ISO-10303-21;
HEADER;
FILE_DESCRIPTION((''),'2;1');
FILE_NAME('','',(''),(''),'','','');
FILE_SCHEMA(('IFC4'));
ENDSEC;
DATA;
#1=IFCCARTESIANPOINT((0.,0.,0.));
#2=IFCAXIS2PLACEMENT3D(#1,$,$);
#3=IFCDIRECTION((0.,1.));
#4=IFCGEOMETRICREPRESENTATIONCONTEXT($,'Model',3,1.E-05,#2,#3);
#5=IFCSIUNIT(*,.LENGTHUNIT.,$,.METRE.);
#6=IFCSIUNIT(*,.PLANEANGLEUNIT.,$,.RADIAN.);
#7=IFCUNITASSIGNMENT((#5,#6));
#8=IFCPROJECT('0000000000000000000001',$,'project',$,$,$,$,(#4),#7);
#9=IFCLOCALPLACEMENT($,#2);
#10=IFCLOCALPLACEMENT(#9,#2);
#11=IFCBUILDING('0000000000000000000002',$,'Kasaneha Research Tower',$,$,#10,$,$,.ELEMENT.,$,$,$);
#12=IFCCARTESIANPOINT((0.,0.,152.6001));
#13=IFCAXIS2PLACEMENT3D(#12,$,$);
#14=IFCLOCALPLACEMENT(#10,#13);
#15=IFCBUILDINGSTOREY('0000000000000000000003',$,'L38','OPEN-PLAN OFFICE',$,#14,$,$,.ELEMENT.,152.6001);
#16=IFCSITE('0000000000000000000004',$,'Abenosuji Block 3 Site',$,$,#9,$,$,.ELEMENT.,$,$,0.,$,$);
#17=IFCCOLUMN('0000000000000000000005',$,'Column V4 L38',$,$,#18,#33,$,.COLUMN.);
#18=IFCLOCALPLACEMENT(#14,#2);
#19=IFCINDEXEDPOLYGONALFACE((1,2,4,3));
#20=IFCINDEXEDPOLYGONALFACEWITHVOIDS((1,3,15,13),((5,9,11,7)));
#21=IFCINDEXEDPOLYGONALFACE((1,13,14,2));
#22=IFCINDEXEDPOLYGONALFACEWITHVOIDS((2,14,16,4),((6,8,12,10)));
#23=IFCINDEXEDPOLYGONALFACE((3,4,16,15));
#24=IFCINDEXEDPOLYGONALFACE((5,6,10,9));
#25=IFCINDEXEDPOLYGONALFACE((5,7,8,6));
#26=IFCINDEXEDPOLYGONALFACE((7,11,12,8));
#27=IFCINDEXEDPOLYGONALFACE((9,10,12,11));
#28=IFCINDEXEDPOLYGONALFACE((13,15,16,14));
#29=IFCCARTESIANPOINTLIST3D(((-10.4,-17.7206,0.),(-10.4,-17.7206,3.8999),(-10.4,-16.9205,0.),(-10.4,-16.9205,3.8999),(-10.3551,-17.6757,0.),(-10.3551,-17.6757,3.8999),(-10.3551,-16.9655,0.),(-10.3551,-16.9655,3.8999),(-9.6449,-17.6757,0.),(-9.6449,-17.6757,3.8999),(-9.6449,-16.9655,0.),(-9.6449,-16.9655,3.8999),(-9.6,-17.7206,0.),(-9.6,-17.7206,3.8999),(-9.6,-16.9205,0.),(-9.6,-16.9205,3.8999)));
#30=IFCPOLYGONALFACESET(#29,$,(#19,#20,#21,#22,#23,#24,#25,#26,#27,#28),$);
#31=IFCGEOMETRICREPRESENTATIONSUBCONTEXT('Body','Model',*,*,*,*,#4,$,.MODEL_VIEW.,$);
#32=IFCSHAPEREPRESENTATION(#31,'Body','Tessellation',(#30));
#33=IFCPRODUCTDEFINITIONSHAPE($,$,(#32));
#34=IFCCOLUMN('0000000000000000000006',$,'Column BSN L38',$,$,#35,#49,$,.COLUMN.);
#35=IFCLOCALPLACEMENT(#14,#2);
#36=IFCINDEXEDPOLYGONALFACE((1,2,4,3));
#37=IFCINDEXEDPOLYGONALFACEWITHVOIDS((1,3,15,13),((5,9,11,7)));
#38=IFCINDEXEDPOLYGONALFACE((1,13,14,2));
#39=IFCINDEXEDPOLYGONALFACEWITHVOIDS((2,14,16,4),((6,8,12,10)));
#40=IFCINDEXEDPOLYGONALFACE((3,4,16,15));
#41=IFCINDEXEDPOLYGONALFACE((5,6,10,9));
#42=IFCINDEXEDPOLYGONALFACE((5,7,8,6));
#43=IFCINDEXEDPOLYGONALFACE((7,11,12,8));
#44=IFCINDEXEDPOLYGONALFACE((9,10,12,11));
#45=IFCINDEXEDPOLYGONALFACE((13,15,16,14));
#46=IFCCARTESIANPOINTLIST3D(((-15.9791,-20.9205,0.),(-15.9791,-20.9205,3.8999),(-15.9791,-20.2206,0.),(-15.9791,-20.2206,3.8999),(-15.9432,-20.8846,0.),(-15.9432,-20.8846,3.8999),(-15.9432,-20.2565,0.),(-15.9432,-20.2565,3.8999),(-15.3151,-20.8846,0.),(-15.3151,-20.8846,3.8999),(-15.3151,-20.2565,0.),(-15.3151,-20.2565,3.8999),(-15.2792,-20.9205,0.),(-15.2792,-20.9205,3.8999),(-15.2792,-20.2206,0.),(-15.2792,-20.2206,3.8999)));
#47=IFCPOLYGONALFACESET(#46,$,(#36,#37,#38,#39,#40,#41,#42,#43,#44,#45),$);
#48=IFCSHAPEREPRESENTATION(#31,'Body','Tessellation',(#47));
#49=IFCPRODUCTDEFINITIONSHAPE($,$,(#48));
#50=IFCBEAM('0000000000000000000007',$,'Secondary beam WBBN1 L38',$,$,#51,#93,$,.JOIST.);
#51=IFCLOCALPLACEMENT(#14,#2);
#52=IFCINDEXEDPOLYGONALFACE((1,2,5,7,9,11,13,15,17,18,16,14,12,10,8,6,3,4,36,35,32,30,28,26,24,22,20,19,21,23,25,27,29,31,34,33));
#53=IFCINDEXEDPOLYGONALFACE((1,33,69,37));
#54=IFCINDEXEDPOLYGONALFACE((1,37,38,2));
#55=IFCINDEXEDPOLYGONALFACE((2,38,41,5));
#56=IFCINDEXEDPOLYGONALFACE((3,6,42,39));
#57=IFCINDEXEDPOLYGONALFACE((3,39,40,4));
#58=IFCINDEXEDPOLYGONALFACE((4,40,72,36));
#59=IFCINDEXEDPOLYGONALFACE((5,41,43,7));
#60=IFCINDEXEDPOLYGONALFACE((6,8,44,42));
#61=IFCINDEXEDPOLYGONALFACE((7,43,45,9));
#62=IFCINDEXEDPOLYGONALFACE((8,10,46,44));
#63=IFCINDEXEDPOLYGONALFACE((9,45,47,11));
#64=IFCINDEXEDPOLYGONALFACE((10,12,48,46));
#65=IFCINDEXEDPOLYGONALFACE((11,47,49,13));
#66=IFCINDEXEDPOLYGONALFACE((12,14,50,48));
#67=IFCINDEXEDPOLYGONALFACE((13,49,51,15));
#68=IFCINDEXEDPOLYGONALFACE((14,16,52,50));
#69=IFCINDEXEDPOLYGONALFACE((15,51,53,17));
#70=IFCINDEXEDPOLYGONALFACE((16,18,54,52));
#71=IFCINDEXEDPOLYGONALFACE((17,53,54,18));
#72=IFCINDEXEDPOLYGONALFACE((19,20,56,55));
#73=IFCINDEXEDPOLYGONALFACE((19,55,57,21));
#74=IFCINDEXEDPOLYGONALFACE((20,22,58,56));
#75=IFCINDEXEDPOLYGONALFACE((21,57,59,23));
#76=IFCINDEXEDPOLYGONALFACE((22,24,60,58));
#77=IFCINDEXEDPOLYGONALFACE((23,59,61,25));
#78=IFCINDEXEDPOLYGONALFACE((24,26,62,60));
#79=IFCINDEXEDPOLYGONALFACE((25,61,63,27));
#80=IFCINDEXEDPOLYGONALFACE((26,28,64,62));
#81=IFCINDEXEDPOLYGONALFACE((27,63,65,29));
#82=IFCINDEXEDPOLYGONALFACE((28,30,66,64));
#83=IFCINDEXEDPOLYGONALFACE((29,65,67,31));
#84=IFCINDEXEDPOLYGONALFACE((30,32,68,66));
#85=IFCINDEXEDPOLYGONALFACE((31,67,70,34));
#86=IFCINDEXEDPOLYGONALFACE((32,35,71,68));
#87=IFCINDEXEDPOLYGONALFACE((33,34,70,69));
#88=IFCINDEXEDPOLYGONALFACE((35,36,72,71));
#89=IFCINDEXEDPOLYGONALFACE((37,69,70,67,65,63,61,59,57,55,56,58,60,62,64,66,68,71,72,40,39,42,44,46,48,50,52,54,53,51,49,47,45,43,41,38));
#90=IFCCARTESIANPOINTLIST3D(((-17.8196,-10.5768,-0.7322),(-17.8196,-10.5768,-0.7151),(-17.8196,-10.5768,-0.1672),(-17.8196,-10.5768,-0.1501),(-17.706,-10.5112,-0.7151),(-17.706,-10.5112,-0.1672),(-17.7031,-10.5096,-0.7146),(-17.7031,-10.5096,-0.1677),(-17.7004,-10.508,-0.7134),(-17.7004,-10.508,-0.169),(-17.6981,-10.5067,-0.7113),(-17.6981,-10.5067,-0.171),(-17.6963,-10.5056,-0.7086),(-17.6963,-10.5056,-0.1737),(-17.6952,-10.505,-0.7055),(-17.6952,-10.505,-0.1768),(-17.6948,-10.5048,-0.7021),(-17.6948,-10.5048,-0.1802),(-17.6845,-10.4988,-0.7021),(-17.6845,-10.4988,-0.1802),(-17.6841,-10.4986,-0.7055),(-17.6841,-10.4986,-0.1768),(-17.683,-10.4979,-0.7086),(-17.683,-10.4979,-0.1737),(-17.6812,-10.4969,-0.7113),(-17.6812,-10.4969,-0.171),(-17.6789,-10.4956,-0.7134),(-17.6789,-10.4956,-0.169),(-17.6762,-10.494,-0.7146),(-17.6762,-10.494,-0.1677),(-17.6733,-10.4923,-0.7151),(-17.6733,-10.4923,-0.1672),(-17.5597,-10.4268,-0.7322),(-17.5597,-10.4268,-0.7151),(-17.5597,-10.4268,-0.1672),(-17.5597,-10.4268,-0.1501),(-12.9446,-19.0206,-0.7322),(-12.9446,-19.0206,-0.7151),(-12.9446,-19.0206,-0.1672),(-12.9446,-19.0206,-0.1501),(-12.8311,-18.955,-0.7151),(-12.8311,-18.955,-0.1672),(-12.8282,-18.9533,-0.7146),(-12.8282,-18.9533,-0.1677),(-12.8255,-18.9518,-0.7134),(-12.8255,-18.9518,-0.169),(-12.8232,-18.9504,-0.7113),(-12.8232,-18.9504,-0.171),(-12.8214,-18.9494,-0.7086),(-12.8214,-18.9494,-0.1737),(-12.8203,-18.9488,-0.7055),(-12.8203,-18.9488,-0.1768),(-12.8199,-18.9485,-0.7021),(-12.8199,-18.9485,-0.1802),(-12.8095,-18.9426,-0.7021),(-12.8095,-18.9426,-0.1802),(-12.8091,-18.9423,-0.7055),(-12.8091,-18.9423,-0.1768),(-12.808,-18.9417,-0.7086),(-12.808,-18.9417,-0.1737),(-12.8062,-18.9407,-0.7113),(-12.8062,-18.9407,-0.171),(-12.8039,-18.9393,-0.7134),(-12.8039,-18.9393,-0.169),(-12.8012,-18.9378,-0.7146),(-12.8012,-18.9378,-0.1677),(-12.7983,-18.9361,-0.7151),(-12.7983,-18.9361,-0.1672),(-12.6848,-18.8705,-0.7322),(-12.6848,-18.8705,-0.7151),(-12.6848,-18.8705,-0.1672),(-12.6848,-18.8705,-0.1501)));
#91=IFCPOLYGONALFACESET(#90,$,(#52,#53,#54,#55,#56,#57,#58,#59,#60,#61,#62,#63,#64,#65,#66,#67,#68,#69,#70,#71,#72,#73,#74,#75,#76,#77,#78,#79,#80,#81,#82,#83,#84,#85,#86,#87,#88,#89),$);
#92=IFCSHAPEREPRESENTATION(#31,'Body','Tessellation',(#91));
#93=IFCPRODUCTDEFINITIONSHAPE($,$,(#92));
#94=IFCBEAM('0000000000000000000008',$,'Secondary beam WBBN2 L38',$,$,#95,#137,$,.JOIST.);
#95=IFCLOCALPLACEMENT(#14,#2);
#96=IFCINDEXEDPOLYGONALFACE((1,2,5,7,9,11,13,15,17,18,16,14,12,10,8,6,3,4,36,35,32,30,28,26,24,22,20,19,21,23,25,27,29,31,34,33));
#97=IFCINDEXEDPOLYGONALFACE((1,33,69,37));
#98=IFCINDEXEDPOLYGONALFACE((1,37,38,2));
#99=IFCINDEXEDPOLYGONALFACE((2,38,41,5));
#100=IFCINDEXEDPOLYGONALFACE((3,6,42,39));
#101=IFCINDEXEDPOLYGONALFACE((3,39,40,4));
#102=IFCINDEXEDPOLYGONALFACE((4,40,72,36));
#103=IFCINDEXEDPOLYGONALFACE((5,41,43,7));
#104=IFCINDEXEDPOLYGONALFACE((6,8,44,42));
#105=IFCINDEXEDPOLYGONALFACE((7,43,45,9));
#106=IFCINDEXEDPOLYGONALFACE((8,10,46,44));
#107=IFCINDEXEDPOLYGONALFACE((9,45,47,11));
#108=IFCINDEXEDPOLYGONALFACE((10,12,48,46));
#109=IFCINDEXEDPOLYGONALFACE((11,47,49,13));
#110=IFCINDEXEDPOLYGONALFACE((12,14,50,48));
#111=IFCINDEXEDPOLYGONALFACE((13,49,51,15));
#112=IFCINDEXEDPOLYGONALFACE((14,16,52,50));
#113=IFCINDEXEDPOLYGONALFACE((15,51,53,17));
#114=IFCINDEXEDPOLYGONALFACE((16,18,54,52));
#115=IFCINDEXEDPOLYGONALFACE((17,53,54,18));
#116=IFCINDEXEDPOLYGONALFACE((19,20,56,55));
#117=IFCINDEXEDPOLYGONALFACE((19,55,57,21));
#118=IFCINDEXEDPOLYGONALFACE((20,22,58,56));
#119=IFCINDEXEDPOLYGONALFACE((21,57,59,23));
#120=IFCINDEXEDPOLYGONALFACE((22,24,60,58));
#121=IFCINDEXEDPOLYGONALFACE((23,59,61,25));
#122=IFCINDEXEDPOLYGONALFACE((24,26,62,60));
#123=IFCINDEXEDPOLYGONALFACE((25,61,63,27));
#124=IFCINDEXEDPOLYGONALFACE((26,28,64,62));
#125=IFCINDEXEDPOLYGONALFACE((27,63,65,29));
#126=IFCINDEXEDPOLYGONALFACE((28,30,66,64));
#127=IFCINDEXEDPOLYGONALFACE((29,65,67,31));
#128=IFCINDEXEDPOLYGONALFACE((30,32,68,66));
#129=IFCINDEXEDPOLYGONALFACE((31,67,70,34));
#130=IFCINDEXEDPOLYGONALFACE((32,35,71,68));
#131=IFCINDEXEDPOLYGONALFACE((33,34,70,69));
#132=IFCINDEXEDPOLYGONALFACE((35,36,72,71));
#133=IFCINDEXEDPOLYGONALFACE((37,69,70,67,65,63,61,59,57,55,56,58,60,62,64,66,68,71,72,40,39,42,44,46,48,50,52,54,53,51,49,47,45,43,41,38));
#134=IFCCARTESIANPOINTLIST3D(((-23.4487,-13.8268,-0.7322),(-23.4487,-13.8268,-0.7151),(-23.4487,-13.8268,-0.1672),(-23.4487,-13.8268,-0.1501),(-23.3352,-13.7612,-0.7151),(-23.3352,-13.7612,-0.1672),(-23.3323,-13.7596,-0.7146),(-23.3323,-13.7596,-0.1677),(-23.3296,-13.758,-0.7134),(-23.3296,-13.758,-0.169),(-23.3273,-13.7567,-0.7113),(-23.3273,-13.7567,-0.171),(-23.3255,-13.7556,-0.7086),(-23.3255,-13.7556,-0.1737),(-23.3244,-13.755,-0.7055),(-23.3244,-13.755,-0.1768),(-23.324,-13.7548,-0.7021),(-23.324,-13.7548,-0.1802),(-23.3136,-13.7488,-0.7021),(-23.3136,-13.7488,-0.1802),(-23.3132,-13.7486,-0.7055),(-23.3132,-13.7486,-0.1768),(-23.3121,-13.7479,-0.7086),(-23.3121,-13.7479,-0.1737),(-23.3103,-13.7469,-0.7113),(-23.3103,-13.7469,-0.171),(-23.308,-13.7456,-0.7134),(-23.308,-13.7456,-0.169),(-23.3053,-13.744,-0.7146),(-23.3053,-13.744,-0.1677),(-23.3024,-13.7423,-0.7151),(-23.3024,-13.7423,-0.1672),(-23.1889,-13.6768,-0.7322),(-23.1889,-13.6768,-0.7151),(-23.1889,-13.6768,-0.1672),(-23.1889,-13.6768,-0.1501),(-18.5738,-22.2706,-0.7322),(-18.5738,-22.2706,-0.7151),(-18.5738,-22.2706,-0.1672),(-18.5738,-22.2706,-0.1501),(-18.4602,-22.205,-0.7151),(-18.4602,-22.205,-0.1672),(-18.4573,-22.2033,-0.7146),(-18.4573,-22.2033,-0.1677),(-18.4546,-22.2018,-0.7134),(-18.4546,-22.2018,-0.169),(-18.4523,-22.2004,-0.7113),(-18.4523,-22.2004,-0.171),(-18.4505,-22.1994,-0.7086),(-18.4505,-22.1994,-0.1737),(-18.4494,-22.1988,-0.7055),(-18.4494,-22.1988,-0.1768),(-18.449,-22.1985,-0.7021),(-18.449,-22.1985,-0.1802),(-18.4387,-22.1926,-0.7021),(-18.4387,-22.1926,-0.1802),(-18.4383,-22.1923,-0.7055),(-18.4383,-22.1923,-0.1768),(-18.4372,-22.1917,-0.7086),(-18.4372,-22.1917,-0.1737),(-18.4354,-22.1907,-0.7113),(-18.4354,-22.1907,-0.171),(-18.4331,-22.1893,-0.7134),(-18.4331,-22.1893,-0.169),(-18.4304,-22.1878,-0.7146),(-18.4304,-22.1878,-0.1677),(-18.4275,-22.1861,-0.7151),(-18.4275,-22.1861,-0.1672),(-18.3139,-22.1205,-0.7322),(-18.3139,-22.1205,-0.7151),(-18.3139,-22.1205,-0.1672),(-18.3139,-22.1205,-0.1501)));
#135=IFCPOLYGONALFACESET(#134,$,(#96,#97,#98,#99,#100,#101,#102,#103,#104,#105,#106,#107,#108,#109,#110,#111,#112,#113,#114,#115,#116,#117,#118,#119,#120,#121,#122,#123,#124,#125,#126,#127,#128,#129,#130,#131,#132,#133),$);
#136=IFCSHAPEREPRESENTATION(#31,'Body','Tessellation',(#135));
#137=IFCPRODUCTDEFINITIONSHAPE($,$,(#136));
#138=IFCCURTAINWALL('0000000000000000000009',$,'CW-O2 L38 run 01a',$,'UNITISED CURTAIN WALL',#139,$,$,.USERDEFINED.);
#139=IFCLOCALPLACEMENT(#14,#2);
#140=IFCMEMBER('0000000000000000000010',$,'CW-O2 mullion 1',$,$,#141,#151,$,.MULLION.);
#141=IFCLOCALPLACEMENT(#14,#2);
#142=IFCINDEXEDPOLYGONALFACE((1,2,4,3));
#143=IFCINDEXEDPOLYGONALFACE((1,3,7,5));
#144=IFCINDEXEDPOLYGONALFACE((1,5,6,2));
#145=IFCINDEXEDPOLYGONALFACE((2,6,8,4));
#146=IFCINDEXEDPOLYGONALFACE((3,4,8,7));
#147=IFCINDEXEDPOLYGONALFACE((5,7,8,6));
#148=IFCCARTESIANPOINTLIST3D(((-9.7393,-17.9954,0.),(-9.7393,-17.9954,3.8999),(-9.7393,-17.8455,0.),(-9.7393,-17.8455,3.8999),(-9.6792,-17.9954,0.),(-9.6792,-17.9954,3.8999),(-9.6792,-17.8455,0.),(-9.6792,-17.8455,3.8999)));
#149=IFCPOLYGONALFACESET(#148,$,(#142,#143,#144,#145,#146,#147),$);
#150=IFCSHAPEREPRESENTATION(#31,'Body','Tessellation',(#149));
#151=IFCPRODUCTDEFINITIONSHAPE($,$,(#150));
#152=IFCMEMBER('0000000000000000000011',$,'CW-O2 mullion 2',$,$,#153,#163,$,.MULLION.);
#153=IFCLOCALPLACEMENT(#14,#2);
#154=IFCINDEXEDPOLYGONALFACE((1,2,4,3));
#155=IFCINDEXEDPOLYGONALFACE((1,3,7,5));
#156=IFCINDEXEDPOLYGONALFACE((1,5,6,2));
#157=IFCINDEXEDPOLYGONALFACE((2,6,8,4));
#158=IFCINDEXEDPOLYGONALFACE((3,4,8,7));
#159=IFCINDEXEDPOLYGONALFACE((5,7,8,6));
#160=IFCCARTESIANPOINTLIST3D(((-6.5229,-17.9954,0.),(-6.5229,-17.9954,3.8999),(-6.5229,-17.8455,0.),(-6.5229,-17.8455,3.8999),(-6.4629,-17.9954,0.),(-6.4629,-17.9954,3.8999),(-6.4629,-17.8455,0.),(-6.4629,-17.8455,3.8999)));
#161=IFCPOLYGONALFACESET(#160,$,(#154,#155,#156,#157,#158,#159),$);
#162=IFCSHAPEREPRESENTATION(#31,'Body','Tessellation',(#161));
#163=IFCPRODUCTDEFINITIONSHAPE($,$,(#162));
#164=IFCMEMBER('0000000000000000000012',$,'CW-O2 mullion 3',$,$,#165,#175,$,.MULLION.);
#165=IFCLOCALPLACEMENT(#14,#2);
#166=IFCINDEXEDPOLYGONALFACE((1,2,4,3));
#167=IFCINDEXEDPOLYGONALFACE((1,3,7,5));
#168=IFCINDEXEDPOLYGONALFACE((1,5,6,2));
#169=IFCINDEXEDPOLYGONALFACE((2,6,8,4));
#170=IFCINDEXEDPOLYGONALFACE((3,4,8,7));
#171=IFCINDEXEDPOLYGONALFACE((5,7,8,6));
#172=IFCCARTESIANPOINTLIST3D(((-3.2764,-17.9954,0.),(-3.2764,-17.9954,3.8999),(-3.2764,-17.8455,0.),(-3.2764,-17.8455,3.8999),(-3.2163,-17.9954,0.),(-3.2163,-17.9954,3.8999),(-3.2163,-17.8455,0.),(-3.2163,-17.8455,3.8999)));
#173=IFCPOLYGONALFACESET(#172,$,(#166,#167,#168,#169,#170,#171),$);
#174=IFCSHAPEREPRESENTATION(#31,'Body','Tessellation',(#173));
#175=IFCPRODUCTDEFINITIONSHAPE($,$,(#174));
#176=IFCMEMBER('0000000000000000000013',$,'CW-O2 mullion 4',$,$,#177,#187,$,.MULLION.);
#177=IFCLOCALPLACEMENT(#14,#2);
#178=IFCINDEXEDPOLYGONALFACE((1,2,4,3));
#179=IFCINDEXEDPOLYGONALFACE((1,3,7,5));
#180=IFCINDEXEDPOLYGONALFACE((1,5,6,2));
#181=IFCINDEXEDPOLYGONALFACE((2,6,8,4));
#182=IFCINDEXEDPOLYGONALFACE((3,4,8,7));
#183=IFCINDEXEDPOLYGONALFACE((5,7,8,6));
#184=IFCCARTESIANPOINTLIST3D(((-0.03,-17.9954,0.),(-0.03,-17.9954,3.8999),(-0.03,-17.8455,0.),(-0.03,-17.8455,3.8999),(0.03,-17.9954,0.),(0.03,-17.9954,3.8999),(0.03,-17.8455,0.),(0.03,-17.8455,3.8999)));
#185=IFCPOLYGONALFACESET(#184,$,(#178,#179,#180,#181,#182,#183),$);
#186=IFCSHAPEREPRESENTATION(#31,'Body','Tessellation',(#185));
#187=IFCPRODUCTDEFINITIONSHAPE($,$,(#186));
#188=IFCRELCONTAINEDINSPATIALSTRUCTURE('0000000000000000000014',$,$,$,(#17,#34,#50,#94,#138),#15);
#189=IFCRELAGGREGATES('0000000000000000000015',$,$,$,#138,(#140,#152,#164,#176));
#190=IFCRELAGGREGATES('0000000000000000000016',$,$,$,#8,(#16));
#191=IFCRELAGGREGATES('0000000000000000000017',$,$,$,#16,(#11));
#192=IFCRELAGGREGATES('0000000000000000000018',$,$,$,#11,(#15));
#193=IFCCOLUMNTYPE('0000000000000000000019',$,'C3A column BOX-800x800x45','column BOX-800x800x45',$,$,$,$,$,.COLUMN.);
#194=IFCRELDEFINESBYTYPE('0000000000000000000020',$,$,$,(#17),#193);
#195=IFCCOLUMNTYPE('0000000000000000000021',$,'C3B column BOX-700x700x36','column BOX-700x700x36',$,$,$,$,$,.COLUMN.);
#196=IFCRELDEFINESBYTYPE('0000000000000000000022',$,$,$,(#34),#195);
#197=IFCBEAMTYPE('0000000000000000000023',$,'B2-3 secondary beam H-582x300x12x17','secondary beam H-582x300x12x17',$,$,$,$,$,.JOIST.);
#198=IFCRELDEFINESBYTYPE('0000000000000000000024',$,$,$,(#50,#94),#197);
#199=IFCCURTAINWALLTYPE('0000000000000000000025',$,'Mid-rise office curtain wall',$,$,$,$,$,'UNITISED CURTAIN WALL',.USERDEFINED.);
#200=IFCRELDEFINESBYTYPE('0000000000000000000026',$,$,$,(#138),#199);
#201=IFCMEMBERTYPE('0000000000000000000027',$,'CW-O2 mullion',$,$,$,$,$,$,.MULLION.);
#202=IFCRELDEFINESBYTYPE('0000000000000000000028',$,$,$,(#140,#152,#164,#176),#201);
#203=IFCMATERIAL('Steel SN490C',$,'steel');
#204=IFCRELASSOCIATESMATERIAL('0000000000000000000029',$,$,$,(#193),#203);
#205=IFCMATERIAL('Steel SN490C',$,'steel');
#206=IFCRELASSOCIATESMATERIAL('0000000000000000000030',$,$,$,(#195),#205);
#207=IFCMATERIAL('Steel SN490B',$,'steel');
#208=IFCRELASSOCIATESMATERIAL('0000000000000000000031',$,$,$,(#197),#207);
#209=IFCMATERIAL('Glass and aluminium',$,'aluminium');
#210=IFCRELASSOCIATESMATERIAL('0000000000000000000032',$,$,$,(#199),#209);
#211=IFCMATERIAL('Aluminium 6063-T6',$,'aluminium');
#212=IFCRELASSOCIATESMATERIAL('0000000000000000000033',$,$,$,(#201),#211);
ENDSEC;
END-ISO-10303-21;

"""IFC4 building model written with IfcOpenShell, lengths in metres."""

from ifc_helpers import new_model, si_unit, direction, frame, origin, origin_2d, place, context, subcontext, project, spatial, rectangle, hollow_rectangle, i_section, extrude, material, material_profile, profile_set, type_object, element, aggregate, save


model = new_model("IFC4")

# Units and contexts
model_context = context("Model", 3, precision=1e-05, world=origin(), true_north=direction((0.0, 1.0)))
body_context = subcontext(model_context, "Body", "Model", "MODEL_VIEW")
ifc_project = project(units=[si_unit("LENGTHUNIT", "METRE"), si_unit("PLANEANGLEUNIT", "RADIAN")], contexts=[model_context])

# Site, building, storey
site_placement = place(None, origin())
site = spatial("IfcSite", under=ifc_project, at=site_placement, Name="Abenosuji Block 3 Site", CompositionType="ELEMENT", RefElevation=0.0)
building_placement = place(site_placement, origin())
building = spatial("IfcBuilding", under=site, at=building_placement, Name="Kasaneha Research Tower", CompositionType="ELEMENT")
storey_placement = place(building_placement, frame((0.0, 0.0, 152.6001)))
storey = spatial("IfcBuildingStorey", under=building, at=storey_placement, Name="L38", Description="OPEN-PLAN OFFICE", CompositionType="ELEMENT", Elevation=152.6001)

# Columns
ifc_material_1 = material(Name="Steel SN490C", Category="steel")
ifc_material_profile_1 = material_profile(ifc_material_1, hollow_rectangle(XDim=0.8, YDim=0.8, WallThickness=0.0449, at=origin_2d()), Name="BOX-800x800x45")
ifc_profile_set_1 = profile_set([ifc_material_profile_1], Name="Steel SN490C")
column_type_1 = type_object("IfcColumnType", Name="C3A column BOX-800x800x45", Description="column BOX-800x800x45", PredefinedType="COLUMN", material=ifc_profile_set_1)
column_1_placement = place(storey_placement, frame((-10.0, -17.3206, 0.0), z_axis=(0.0, 0.0, 1.0), x_axis=(1.0, 0.0, 0.0)))
element("IfcColumn", 1, at=column_1_placement, inside=storey, type_object=column_type_1, Name="Column V4 L38", PredefinedType="COLUMN", context=body_context, shape_type="SweptSolid", body=[
    extrude(hollow_rectangle(XDim=0.8, YDim=0.8, WallThickness=0.0449, at=origin_2d()), origin(), (0.0, 0.0, 1.0), 3.8999),
])
ifc_material_2 = material(Name="Steel SN490C", Category="steel")
ifc_material_profile_2 = material_profile(ifc_material_2, hollow_rectangle(XDim=0.7, YDim=0.7, WallThickness=0.0359, at=origin_2d()), Name="BOX-700x700x36")
ifc_profile_set_2 = profile_set([ifc_material_profile_2], Name="Steel SN490C")
column_type_2 = type_object("IfcColumnType", Name="C3B column BOX-700x700x36", Description="column BOX-700x700x36", PredefinedType="COLUMN", material=ifc_profile_set_2)
column_2_placement = place(storey_placement, frame((-15.6292, -20.5706, 0.0), z_axis=(0.0, 0.0, 1.0), x_axis=(1.0, 0.0, 0.0)))
element("IfcColumn", 2, at=column_2_placement, inside=storey, type_object=column_type_2, Name="Column BSN L38", PredefinedType="COLUMN", context=body_context, shape_type="SweptSolid", body=[
    extrude(hollow_rectangle(XDim=0.7, YDim=0.7, WallThickness=0.0359, at=origin_2d()), origin(), (0.0, 0.0, 1.0), 3.8999),
])

# Beams
ifc_material_3 = material(Name="Steel SN490B", Category="steel")
ifc_material_profile_3 = material_profile(ifc_material_3, i_section(OverallWidth=0.3, OverallDepth=0.582, WebThickness=0.012, FlangeThickness=0.0171, FilletRadius=0.0129, at=origin_2d()), Name="H-582x300x12x17")
ifc_profile_set_3 = profile_set([ifc_material_profile_3], Name="Steel SN490B")
beam_type_1 = type_object("IfcBeamType", Name="B2-3 secondary beam H-582x300x12x17", Description="secondary beam H-582x300x12x17", PredefinedType="JOIST", material=ifc_profile_set_3)
for number, where, z_axis, x_axis, name in (
    (3, (-12.8147, -18.9456, -0.4412), (-0.499996, 0.866028, 0.0), (-0.866028, -0.499996, 0.0), "Secondary beam WBBN1 L38"),
    (4, (-18.4438, -22.1956, -0.4412), (-0.499996, 0.866028, 0.0), (-0.866028, -0.499996, 0.0), "Secondary beam WBBN2 L38"),
):
    element("IfcBeam", number, at=place(storey_placement, frame(where, z_axis=z_axis, x_axis=x_axis)), inside=storey, type_object=beam_type_1, Name=name, PredefinedType="JOIST", context=body_context, shape_type="SweptSolid", body=[
        extrude(i_section(OverallWidth=0.3, OverallDepth=0.582, WebThickness=0.012, FlangeThickness=0.0171, FilletRadius=0.0129, at=origin_2d()), origin(), (0.0, 0.0, 1.0), 9.75),
    ])

# Curtain wall, members
ifc_material_4 = material(Name="Glass and aluminium", Category="aluminium")
curtain_wall_type = type_object("IfcCurtainWallType", Name="Mid-rise office curtain wall", ElementType="UNITISED CURTAIN WALL", PredefinedType="USERDEFINED", material=ifc_material_4)
curtain_wall_1_placement = place(storey_placement, origin())
curtain_wall_1 = element("IfcCurtainWall", 5, at=curtain_wall_1_placement, inside=storey, type_object=curtain_wall_type, Name="CW-O2 L38 run 01a", ObjectType="UNITISED CURTAIN WALL", PredefinedType="USERDEFINED")
ifc_material_5 = material(Name="Aluminium 6063-T6", Category="aluminium")
ifc_material_profile_4 = material_profile(ifc_material_5, rectangle(XDim=0.0601, YDim=0.1499, at=origin_2d()), Name="CW-O2 mullion 60x150")
ifc_profile_set_4 = profile_set([ifc_material_profile_4], Name="Aluminium 6063-T6")
member_type_1 = type_object("IfcMemberType", Name="CW-O2 mullion", PredefinedType="MULLION", material=ifc_profile_set_4)
member_1_placement = place(storey_placement, frame((-9.7092, -17.9204, 0.0), z_axis=(0.0, 0.0, 1.0), x_axis=(1.0, 0.0, 0.0)))
member_1 = element("IfcMember", 6, at=member_1_placement, type_object=member_type_1, Name="CW-O2 mullion 1", PredefinedType="MULLION", context=body_context, shape_type="SweptSolid", body=[
    extrude(rectangle(XDim=0.0601, YDim=0.1499, at=origin_2d()), origin(), (0.0, 0.0, 1.0), 3.8999),
])
member_2_placement = place(storey_placement, frame((-6.4929, -17.9204, 0.0), z_axis=(0.0, 0.0, 1.0), x_axis=(1.0, 0.0, 0.0)))
member_2 = element("IfcMember", 7, at=member_2_placement, type_object=member_type_1, Name="CW-O2 mullion 2", PredefinedType="MULLION", context=body_context, shape_type="SweptSolid", body=[
    extrude(rectangle(XDim=0.0601, YDim=0.1499, at=origin_2d()), origin(), (0.0, 0.0, 1.0), 3.8999),
])
member_3_placement = place(storey_placement, frame((-3.2463, -17.9204, 0.0), z_axis=(0.0, 0.0, 1.0), x_axis=(1.0, 0.0, 0.0)))
member_3 = element("IfcMember", 8, at=member_3_placement, type_object=member_type_1, Name="CW-O2 mullion 3", PredefinedType="MULLION", context=body_context, shape_type="SweptSolid", body=[
    extrude(rectangle(XDim=0.0601, YDim=0.1499, at=origin_2d()), origin(), (0.0, 0.0, 1.0), 3.8999),
])
member_4_placement = place(storey_placement, frame((0.0, -17.9204, 0.0), z_axis=(0.0, 0.0, 1.0), x_axis=(1.0, 0.0, 0.0)))
member_4 = element("IfcMember", 9, at=member_4_placement, type_object=member_type_1, Name="CW-O2 mullion 4", PredefinedType="MULLION", context=body_context, shape_type="SweptSolid", body=[
    extrude(rectangle(XDim=0.0601, YDim=0.1499, at=origin_2d()), origin(), (0.0, 0.0, 1.0), 3.8999),
])

aggregate(curtain_wall_1, [member_1, member_2, member_3, member_4])

save(model, "model.ifc")
